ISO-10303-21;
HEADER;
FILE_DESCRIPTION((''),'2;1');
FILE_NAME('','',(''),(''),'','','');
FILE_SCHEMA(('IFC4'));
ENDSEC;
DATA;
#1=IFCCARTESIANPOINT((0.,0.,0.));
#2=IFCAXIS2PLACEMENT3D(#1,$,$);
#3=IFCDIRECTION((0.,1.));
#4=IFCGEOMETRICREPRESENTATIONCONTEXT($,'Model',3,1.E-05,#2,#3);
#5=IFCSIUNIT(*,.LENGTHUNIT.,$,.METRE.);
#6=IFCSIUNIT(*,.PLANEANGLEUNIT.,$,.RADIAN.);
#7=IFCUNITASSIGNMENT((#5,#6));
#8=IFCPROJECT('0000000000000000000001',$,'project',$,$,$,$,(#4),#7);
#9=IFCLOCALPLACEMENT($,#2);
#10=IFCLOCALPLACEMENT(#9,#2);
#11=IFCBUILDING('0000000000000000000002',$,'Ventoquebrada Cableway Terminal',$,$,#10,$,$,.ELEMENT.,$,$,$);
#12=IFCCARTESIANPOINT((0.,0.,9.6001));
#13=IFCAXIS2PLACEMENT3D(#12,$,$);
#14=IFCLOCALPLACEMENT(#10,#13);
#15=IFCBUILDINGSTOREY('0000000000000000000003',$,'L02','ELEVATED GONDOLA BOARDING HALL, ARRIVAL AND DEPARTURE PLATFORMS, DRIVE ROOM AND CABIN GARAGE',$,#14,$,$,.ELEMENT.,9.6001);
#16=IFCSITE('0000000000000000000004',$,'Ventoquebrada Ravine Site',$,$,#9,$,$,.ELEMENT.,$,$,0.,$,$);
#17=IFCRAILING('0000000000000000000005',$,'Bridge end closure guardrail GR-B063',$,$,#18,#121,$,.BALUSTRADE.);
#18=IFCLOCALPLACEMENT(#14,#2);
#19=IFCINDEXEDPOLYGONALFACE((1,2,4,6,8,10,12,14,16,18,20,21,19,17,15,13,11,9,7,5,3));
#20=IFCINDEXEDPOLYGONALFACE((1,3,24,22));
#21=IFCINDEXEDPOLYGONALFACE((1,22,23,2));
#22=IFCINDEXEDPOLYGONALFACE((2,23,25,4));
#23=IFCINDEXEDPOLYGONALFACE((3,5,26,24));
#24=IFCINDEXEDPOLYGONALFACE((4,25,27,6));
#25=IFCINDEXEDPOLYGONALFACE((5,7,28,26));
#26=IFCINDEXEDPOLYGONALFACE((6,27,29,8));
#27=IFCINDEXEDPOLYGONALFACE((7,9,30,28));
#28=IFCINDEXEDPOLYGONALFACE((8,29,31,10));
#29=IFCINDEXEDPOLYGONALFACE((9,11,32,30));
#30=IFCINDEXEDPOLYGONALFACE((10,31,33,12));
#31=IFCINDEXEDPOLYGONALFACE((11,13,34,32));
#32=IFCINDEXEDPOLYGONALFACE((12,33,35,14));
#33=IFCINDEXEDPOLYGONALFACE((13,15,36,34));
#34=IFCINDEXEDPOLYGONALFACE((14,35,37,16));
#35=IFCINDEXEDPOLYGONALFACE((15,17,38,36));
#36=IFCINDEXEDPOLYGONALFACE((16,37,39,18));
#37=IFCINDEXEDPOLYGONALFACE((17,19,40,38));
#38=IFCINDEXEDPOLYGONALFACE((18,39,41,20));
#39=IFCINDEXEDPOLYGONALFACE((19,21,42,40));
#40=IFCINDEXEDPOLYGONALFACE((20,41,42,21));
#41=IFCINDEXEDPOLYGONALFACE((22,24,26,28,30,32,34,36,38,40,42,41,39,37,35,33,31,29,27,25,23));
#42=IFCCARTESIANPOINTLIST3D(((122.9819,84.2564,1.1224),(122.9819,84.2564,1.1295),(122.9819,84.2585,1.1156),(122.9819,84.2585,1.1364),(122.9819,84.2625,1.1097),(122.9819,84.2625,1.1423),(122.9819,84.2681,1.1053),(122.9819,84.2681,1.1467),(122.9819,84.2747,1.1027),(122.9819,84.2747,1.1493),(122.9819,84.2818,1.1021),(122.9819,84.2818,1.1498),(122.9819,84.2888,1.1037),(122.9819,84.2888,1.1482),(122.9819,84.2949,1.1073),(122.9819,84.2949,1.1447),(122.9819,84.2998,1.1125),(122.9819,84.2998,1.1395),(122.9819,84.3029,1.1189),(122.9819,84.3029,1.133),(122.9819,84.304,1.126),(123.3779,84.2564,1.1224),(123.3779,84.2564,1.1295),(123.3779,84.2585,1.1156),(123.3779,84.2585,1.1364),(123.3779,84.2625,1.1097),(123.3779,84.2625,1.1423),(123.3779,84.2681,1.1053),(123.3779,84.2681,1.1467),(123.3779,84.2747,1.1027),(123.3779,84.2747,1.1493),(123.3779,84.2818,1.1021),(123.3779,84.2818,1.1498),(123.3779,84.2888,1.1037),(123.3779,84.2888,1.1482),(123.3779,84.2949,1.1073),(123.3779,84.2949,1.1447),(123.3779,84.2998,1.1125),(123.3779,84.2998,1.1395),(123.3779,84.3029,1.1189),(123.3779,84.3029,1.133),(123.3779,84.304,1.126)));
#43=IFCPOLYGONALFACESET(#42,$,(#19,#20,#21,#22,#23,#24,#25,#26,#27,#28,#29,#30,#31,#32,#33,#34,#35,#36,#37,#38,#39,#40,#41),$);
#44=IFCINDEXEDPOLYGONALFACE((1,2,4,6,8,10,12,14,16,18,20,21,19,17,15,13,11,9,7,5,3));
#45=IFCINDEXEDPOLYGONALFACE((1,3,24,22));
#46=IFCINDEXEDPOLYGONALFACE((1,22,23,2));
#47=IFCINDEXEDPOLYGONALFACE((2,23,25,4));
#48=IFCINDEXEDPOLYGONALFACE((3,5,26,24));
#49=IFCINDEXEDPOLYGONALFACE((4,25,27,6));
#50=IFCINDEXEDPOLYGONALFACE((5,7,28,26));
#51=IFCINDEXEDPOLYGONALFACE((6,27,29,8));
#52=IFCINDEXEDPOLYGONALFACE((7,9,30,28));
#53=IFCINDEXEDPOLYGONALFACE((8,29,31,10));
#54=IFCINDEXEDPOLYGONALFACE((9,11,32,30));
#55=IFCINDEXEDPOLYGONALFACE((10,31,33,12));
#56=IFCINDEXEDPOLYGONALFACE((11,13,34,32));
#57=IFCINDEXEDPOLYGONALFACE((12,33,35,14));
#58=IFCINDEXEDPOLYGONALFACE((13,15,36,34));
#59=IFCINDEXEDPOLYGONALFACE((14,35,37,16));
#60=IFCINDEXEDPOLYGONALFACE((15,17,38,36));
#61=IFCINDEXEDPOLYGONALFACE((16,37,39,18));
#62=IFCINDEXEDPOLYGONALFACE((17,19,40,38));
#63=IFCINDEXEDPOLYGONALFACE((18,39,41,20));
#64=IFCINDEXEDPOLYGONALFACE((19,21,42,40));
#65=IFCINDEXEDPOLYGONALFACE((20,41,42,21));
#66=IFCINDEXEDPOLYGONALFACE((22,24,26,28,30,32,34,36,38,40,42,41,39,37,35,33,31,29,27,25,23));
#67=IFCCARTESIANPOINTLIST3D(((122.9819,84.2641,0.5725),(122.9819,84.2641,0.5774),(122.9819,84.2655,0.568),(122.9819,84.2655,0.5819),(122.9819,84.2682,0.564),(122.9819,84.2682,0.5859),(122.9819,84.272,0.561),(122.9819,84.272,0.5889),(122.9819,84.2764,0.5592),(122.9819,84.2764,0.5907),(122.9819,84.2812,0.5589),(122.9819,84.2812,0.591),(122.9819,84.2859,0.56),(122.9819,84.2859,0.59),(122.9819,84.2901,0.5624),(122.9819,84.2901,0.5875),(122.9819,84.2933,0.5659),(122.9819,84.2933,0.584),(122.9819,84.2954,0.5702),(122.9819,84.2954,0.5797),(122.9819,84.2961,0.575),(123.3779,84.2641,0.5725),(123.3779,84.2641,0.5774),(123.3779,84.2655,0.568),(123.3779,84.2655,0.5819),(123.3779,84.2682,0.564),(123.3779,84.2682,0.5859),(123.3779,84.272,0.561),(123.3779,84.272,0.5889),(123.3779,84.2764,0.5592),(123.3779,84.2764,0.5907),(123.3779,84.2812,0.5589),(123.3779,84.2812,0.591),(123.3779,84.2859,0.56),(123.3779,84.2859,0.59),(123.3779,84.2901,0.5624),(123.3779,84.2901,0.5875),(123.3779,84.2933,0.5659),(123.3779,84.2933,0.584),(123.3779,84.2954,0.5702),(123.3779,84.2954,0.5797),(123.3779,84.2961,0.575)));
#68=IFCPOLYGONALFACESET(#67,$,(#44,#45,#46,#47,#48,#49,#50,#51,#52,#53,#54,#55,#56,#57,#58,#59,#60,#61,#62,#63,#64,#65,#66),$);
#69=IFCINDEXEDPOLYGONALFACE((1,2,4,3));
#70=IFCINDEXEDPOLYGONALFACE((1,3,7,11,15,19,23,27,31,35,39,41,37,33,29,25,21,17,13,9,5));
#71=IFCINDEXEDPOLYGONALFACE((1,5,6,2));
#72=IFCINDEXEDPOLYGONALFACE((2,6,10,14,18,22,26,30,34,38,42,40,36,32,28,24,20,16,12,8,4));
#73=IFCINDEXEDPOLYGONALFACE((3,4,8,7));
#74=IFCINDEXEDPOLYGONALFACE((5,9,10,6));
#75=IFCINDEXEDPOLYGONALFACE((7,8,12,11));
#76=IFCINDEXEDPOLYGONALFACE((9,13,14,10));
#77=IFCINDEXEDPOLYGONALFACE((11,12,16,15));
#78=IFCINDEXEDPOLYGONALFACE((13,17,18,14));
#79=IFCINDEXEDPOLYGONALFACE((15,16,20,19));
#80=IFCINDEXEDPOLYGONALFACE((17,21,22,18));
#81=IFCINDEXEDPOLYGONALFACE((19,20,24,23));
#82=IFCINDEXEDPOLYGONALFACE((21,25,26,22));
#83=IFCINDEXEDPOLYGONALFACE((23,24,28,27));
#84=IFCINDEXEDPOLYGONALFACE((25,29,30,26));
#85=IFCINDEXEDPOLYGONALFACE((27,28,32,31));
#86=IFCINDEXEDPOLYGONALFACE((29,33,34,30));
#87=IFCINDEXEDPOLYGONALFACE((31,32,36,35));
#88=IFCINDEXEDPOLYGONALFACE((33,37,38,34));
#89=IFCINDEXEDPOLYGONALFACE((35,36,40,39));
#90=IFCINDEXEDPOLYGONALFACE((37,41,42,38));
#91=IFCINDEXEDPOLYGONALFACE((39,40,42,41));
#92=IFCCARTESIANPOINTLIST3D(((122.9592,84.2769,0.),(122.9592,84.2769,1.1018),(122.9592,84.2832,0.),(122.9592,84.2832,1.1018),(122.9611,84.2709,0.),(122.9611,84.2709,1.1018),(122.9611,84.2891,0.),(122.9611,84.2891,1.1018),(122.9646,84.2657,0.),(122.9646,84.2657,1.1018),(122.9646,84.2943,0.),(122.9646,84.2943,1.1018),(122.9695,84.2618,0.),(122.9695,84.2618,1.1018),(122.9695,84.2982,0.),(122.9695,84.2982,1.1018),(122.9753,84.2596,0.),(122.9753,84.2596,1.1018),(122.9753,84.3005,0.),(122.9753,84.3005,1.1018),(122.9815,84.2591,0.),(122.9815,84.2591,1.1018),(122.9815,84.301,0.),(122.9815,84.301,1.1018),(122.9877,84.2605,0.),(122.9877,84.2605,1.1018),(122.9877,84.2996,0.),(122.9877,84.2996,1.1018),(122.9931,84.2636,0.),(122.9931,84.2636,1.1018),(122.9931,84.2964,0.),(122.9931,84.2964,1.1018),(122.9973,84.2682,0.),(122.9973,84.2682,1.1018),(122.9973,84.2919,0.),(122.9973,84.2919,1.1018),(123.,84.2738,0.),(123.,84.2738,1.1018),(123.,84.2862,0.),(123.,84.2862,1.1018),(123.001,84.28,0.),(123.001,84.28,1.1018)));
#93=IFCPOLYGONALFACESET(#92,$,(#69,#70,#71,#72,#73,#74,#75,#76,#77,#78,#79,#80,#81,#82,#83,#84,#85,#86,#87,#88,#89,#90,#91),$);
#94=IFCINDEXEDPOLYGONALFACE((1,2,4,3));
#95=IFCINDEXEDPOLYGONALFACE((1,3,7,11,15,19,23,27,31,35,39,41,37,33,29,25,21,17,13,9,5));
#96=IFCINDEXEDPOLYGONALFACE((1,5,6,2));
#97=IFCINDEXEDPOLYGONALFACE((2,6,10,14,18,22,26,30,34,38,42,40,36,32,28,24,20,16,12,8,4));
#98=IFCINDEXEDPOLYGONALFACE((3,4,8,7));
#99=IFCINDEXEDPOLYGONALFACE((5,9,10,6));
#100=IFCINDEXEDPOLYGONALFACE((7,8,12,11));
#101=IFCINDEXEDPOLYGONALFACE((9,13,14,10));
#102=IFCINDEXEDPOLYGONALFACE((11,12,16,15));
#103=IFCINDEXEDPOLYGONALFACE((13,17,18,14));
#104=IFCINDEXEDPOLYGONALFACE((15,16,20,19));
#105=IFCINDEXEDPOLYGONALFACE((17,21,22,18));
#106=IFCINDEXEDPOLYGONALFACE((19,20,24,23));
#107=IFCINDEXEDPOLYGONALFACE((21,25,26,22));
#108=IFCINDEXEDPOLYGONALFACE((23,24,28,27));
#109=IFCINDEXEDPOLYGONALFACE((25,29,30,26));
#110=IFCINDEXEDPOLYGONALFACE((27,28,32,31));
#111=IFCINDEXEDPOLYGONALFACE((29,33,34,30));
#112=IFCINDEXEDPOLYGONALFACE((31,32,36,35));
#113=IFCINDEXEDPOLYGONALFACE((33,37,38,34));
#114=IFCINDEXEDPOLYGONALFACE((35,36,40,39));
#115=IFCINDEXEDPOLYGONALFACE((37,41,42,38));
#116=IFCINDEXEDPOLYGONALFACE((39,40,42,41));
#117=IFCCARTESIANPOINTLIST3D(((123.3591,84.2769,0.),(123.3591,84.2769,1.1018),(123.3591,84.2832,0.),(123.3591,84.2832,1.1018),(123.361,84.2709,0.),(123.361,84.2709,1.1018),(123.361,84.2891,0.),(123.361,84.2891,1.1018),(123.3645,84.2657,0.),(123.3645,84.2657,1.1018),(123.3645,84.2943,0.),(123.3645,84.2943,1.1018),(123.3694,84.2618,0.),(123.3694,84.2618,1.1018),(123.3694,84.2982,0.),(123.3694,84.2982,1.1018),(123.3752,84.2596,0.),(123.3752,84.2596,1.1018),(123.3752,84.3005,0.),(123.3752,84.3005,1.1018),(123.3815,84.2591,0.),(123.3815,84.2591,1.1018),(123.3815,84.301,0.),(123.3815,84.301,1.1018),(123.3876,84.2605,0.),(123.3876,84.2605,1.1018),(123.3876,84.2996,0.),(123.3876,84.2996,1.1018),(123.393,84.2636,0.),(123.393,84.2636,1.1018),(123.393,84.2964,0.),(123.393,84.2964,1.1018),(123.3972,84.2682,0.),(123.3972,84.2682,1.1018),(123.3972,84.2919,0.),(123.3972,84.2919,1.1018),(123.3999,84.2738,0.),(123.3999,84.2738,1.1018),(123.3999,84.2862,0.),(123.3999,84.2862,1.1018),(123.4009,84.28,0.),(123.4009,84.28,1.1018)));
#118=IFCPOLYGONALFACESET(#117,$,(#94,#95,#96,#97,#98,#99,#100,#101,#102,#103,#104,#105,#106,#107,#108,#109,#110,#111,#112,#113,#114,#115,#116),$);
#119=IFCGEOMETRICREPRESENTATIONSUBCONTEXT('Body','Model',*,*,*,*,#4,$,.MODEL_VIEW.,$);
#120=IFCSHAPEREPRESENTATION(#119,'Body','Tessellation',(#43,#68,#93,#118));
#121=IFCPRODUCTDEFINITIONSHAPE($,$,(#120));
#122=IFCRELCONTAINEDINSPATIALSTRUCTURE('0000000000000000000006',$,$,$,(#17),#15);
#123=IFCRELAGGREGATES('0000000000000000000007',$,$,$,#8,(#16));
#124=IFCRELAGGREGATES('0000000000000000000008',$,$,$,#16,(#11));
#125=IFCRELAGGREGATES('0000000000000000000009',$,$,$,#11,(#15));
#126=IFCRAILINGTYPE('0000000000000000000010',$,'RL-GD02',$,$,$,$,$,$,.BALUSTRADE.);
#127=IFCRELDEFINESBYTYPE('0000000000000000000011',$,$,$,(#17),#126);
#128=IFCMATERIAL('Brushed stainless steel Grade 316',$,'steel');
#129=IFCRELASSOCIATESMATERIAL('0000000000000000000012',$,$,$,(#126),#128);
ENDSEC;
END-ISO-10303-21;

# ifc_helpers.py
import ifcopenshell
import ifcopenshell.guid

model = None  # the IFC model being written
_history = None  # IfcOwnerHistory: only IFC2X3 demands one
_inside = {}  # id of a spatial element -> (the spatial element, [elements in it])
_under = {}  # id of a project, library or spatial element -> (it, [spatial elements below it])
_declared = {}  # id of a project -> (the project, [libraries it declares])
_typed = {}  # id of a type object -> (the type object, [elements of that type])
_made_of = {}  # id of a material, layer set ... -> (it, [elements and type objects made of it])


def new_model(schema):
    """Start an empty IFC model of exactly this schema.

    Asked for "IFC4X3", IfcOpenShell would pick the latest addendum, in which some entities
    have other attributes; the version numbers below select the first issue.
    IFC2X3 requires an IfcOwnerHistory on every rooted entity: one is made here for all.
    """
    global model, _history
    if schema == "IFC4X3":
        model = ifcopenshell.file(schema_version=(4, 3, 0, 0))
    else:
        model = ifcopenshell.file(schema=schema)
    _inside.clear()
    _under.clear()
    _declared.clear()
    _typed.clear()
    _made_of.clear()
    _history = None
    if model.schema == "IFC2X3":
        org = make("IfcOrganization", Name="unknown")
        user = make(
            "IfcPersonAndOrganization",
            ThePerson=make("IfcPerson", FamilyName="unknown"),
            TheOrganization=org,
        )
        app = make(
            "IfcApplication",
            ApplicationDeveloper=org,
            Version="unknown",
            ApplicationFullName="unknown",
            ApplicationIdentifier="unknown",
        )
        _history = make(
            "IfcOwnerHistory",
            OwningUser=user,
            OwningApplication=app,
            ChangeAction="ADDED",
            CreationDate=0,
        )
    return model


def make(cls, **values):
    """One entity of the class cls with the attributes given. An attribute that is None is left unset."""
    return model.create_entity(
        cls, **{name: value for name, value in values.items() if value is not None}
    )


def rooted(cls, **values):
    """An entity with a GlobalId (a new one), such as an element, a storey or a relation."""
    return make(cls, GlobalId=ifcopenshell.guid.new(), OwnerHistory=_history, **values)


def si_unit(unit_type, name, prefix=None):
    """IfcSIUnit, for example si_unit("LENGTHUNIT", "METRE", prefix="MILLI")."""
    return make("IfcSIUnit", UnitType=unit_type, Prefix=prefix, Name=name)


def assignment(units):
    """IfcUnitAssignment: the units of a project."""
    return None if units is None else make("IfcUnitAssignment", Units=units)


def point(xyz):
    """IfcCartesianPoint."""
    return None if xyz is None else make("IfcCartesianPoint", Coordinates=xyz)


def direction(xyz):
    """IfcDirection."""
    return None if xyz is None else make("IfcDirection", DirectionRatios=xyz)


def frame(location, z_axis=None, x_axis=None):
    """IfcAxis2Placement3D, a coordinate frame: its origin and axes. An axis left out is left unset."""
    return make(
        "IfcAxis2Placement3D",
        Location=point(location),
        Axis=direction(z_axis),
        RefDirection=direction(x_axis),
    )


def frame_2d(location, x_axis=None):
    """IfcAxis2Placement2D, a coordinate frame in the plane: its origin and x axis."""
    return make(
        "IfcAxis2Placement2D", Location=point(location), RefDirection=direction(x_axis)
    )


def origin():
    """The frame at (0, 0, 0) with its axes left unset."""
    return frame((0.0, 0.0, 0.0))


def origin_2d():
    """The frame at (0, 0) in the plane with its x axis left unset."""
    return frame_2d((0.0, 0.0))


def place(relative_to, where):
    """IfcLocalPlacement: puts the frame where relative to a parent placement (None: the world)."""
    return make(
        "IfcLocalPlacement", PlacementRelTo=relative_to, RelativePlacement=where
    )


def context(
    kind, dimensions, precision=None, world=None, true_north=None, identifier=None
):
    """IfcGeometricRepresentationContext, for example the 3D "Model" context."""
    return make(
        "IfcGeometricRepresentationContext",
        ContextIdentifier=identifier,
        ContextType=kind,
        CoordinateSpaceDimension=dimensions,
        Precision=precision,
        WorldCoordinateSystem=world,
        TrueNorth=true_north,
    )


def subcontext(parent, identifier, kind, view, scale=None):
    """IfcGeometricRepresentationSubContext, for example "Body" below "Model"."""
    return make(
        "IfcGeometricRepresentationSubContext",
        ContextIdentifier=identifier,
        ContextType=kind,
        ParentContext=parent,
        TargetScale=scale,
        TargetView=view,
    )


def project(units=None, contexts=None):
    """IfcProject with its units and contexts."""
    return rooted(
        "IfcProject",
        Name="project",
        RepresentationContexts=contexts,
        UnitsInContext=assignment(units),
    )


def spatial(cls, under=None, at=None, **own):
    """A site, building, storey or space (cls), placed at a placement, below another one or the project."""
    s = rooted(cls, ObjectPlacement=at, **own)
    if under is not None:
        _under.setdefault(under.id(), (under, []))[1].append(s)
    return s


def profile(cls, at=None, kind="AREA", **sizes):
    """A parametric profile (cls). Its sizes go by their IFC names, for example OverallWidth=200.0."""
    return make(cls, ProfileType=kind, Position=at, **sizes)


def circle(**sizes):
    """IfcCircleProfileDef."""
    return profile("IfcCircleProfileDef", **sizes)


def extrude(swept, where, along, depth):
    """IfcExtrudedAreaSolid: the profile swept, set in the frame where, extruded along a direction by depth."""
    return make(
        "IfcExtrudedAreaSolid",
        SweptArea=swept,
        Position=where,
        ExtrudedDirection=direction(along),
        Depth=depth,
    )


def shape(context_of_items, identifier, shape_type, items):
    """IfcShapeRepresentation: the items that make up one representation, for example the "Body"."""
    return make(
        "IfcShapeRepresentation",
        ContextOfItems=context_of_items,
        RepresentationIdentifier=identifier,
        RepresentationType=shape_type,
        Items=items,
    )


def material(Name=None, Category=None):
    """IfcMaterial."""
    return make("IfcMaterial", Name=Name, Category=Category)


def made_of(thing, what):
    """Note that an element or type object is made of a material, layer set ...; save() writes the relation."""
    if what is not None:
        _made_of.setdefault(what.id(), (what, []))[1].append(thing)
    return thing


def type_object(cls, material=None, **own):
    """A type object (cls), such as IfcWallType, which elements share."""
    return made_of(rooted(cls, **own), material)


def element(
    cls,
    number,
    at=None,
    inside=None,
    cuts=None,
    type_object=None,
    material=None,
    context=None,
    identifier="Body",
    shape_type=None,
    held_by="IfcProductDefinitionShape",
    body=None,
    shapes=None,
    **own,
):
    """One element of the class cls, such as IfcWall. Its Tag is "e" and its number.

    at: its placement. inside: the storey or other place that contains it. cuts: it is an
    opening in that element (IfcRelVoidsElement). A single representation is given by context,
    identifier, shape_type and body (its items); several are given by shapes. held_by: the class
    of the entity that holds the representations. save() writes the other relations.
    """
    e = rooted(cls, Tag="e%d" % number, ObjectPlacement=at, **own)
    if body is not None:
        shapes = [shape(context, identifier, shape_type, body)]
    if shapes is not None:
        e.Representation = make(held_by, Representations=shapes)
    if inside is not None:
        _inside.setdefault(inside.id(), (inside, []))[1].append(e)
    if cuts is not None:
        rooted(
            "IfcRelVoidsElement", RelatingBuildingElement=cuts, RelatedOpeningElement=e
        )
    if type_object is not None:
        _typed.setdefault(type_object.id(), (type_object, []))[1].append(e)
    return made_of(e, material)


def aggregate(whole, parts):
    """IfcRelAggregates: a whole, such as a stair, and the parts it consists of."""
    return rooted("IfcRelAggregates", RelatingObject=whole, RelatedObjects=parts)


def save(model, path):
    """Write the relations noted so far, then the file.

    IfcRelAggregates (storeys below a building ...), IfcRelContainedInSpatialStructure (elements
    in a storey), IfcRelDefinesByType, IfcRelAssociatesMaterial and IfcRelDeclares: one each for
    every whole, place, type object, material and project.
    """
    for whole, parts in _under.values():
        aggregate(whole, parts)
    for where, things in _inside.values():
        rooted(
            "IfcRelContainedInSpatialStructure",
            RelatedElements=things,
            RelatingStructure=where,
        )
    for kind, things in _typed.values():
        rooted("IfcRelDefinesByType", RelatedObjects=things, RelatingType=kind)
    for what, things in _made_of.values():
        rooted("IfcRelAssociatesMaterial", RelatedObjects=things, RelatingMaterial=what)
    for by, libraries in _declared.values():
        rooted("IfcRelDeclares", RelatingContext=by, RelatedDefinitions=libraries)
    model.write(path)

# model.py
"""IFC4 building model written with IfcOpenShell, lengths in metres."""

from ifc_helpers import new_model, si_unit, direction, frame, origin, origin_2d, place, context, subcontext, project, spatial, circle, extrude, material, type_object, element, save


model = new_model("IFC4")

# Units and contexts
model_context = context("Model", 3, precision=1e-05, world=origin(), true_north=direction((0.0, 1.0)))
body_context = subcontext(model_context, "Body", "Model", "MODEL_VIEW")
ifc_project = project(units=[si_unit("LENGTHUNIT", "METRE"), si_unit("PLANEANGLEUNIT", "RADIAN")], contexts=[model_context])

# Site, building, storey
site_placement = place(None, origin())
site = spatial("IfcSite", under=ifc_project, at=site_placement, Name="Ventoquebrada Ravine Site", CompositionType="ELEMENT", RefElevation=0.0)
building_placement = place(site_placement, origin())
building = spatial("IfcBuilding", under=site, at=building_placement, Name="Ventoquebrada Cableway Terminal", CompositionType="ELEMENT")
storey_placement = place(building_placement, frame((0.0, 0.0, 9.6001)))
storey = spatial("IfcBuildingStorey", under=building, at=storey_placement, Name="L02", Description="ELEVATED GONDOLA BOARDING HALL, ARRIVAL AND DEPARTURE PLATFORMS, DRIVE ROOM AND CABIN GARAGE", CompositionType="ELEMENT", Elevation=9.6001)

# Railing
ifc_material_1 = material(Name="Brushed stainless steel Grade 316", Category="steel")
railing_type_1 = type_object("IfcRailingType", Name="RL-GD02", PredefinedType="BALUSTRADE", material=ifc_material_1)
for number, where, name in (
    (1, (122.98, 84.28, 0.0), "Bridge end closure guardrail GR-B063"),
):
    element("IfcRailing", number, at=place(storey_placement, frame(where)), inside=storey, type_object=railing_type_1, Name=name, PredefinedType="BALUSTRADE", context=body_context, shape_type="SweptSolid", body=[
        extrude(circle(Radius=0.0239, at=origin_2d()), frame((0.002, 0.0, 1.126), z_axis=(1.0, 0.0, 0.0), x_axis=(0.0, 1.0, 0.0)), (0.0, 0.0, 1.0), 0.396),
        extrude(circle(Radius=0.0161, at=origin_2d()), frame((0.002, 0.0, 0.575), z_axis=(1.0, 0.0, 0.0), x_axis=(0.0, 1.0, 0.0)), (0.0, 0.0, 1.0), 0.396),
        extrude(circle(Radius=0.021, at=origin_2d()), origin(), (0.0, 0.0, 1.0), 1.1018),
        extrude(circle(Radius=0.021, at=origin_2d()), frame((0.3999, 0.0, 0.0)), (0.0, 0.0, 1.0), 1.1018),
    ])

save(model, "model.ifc")
